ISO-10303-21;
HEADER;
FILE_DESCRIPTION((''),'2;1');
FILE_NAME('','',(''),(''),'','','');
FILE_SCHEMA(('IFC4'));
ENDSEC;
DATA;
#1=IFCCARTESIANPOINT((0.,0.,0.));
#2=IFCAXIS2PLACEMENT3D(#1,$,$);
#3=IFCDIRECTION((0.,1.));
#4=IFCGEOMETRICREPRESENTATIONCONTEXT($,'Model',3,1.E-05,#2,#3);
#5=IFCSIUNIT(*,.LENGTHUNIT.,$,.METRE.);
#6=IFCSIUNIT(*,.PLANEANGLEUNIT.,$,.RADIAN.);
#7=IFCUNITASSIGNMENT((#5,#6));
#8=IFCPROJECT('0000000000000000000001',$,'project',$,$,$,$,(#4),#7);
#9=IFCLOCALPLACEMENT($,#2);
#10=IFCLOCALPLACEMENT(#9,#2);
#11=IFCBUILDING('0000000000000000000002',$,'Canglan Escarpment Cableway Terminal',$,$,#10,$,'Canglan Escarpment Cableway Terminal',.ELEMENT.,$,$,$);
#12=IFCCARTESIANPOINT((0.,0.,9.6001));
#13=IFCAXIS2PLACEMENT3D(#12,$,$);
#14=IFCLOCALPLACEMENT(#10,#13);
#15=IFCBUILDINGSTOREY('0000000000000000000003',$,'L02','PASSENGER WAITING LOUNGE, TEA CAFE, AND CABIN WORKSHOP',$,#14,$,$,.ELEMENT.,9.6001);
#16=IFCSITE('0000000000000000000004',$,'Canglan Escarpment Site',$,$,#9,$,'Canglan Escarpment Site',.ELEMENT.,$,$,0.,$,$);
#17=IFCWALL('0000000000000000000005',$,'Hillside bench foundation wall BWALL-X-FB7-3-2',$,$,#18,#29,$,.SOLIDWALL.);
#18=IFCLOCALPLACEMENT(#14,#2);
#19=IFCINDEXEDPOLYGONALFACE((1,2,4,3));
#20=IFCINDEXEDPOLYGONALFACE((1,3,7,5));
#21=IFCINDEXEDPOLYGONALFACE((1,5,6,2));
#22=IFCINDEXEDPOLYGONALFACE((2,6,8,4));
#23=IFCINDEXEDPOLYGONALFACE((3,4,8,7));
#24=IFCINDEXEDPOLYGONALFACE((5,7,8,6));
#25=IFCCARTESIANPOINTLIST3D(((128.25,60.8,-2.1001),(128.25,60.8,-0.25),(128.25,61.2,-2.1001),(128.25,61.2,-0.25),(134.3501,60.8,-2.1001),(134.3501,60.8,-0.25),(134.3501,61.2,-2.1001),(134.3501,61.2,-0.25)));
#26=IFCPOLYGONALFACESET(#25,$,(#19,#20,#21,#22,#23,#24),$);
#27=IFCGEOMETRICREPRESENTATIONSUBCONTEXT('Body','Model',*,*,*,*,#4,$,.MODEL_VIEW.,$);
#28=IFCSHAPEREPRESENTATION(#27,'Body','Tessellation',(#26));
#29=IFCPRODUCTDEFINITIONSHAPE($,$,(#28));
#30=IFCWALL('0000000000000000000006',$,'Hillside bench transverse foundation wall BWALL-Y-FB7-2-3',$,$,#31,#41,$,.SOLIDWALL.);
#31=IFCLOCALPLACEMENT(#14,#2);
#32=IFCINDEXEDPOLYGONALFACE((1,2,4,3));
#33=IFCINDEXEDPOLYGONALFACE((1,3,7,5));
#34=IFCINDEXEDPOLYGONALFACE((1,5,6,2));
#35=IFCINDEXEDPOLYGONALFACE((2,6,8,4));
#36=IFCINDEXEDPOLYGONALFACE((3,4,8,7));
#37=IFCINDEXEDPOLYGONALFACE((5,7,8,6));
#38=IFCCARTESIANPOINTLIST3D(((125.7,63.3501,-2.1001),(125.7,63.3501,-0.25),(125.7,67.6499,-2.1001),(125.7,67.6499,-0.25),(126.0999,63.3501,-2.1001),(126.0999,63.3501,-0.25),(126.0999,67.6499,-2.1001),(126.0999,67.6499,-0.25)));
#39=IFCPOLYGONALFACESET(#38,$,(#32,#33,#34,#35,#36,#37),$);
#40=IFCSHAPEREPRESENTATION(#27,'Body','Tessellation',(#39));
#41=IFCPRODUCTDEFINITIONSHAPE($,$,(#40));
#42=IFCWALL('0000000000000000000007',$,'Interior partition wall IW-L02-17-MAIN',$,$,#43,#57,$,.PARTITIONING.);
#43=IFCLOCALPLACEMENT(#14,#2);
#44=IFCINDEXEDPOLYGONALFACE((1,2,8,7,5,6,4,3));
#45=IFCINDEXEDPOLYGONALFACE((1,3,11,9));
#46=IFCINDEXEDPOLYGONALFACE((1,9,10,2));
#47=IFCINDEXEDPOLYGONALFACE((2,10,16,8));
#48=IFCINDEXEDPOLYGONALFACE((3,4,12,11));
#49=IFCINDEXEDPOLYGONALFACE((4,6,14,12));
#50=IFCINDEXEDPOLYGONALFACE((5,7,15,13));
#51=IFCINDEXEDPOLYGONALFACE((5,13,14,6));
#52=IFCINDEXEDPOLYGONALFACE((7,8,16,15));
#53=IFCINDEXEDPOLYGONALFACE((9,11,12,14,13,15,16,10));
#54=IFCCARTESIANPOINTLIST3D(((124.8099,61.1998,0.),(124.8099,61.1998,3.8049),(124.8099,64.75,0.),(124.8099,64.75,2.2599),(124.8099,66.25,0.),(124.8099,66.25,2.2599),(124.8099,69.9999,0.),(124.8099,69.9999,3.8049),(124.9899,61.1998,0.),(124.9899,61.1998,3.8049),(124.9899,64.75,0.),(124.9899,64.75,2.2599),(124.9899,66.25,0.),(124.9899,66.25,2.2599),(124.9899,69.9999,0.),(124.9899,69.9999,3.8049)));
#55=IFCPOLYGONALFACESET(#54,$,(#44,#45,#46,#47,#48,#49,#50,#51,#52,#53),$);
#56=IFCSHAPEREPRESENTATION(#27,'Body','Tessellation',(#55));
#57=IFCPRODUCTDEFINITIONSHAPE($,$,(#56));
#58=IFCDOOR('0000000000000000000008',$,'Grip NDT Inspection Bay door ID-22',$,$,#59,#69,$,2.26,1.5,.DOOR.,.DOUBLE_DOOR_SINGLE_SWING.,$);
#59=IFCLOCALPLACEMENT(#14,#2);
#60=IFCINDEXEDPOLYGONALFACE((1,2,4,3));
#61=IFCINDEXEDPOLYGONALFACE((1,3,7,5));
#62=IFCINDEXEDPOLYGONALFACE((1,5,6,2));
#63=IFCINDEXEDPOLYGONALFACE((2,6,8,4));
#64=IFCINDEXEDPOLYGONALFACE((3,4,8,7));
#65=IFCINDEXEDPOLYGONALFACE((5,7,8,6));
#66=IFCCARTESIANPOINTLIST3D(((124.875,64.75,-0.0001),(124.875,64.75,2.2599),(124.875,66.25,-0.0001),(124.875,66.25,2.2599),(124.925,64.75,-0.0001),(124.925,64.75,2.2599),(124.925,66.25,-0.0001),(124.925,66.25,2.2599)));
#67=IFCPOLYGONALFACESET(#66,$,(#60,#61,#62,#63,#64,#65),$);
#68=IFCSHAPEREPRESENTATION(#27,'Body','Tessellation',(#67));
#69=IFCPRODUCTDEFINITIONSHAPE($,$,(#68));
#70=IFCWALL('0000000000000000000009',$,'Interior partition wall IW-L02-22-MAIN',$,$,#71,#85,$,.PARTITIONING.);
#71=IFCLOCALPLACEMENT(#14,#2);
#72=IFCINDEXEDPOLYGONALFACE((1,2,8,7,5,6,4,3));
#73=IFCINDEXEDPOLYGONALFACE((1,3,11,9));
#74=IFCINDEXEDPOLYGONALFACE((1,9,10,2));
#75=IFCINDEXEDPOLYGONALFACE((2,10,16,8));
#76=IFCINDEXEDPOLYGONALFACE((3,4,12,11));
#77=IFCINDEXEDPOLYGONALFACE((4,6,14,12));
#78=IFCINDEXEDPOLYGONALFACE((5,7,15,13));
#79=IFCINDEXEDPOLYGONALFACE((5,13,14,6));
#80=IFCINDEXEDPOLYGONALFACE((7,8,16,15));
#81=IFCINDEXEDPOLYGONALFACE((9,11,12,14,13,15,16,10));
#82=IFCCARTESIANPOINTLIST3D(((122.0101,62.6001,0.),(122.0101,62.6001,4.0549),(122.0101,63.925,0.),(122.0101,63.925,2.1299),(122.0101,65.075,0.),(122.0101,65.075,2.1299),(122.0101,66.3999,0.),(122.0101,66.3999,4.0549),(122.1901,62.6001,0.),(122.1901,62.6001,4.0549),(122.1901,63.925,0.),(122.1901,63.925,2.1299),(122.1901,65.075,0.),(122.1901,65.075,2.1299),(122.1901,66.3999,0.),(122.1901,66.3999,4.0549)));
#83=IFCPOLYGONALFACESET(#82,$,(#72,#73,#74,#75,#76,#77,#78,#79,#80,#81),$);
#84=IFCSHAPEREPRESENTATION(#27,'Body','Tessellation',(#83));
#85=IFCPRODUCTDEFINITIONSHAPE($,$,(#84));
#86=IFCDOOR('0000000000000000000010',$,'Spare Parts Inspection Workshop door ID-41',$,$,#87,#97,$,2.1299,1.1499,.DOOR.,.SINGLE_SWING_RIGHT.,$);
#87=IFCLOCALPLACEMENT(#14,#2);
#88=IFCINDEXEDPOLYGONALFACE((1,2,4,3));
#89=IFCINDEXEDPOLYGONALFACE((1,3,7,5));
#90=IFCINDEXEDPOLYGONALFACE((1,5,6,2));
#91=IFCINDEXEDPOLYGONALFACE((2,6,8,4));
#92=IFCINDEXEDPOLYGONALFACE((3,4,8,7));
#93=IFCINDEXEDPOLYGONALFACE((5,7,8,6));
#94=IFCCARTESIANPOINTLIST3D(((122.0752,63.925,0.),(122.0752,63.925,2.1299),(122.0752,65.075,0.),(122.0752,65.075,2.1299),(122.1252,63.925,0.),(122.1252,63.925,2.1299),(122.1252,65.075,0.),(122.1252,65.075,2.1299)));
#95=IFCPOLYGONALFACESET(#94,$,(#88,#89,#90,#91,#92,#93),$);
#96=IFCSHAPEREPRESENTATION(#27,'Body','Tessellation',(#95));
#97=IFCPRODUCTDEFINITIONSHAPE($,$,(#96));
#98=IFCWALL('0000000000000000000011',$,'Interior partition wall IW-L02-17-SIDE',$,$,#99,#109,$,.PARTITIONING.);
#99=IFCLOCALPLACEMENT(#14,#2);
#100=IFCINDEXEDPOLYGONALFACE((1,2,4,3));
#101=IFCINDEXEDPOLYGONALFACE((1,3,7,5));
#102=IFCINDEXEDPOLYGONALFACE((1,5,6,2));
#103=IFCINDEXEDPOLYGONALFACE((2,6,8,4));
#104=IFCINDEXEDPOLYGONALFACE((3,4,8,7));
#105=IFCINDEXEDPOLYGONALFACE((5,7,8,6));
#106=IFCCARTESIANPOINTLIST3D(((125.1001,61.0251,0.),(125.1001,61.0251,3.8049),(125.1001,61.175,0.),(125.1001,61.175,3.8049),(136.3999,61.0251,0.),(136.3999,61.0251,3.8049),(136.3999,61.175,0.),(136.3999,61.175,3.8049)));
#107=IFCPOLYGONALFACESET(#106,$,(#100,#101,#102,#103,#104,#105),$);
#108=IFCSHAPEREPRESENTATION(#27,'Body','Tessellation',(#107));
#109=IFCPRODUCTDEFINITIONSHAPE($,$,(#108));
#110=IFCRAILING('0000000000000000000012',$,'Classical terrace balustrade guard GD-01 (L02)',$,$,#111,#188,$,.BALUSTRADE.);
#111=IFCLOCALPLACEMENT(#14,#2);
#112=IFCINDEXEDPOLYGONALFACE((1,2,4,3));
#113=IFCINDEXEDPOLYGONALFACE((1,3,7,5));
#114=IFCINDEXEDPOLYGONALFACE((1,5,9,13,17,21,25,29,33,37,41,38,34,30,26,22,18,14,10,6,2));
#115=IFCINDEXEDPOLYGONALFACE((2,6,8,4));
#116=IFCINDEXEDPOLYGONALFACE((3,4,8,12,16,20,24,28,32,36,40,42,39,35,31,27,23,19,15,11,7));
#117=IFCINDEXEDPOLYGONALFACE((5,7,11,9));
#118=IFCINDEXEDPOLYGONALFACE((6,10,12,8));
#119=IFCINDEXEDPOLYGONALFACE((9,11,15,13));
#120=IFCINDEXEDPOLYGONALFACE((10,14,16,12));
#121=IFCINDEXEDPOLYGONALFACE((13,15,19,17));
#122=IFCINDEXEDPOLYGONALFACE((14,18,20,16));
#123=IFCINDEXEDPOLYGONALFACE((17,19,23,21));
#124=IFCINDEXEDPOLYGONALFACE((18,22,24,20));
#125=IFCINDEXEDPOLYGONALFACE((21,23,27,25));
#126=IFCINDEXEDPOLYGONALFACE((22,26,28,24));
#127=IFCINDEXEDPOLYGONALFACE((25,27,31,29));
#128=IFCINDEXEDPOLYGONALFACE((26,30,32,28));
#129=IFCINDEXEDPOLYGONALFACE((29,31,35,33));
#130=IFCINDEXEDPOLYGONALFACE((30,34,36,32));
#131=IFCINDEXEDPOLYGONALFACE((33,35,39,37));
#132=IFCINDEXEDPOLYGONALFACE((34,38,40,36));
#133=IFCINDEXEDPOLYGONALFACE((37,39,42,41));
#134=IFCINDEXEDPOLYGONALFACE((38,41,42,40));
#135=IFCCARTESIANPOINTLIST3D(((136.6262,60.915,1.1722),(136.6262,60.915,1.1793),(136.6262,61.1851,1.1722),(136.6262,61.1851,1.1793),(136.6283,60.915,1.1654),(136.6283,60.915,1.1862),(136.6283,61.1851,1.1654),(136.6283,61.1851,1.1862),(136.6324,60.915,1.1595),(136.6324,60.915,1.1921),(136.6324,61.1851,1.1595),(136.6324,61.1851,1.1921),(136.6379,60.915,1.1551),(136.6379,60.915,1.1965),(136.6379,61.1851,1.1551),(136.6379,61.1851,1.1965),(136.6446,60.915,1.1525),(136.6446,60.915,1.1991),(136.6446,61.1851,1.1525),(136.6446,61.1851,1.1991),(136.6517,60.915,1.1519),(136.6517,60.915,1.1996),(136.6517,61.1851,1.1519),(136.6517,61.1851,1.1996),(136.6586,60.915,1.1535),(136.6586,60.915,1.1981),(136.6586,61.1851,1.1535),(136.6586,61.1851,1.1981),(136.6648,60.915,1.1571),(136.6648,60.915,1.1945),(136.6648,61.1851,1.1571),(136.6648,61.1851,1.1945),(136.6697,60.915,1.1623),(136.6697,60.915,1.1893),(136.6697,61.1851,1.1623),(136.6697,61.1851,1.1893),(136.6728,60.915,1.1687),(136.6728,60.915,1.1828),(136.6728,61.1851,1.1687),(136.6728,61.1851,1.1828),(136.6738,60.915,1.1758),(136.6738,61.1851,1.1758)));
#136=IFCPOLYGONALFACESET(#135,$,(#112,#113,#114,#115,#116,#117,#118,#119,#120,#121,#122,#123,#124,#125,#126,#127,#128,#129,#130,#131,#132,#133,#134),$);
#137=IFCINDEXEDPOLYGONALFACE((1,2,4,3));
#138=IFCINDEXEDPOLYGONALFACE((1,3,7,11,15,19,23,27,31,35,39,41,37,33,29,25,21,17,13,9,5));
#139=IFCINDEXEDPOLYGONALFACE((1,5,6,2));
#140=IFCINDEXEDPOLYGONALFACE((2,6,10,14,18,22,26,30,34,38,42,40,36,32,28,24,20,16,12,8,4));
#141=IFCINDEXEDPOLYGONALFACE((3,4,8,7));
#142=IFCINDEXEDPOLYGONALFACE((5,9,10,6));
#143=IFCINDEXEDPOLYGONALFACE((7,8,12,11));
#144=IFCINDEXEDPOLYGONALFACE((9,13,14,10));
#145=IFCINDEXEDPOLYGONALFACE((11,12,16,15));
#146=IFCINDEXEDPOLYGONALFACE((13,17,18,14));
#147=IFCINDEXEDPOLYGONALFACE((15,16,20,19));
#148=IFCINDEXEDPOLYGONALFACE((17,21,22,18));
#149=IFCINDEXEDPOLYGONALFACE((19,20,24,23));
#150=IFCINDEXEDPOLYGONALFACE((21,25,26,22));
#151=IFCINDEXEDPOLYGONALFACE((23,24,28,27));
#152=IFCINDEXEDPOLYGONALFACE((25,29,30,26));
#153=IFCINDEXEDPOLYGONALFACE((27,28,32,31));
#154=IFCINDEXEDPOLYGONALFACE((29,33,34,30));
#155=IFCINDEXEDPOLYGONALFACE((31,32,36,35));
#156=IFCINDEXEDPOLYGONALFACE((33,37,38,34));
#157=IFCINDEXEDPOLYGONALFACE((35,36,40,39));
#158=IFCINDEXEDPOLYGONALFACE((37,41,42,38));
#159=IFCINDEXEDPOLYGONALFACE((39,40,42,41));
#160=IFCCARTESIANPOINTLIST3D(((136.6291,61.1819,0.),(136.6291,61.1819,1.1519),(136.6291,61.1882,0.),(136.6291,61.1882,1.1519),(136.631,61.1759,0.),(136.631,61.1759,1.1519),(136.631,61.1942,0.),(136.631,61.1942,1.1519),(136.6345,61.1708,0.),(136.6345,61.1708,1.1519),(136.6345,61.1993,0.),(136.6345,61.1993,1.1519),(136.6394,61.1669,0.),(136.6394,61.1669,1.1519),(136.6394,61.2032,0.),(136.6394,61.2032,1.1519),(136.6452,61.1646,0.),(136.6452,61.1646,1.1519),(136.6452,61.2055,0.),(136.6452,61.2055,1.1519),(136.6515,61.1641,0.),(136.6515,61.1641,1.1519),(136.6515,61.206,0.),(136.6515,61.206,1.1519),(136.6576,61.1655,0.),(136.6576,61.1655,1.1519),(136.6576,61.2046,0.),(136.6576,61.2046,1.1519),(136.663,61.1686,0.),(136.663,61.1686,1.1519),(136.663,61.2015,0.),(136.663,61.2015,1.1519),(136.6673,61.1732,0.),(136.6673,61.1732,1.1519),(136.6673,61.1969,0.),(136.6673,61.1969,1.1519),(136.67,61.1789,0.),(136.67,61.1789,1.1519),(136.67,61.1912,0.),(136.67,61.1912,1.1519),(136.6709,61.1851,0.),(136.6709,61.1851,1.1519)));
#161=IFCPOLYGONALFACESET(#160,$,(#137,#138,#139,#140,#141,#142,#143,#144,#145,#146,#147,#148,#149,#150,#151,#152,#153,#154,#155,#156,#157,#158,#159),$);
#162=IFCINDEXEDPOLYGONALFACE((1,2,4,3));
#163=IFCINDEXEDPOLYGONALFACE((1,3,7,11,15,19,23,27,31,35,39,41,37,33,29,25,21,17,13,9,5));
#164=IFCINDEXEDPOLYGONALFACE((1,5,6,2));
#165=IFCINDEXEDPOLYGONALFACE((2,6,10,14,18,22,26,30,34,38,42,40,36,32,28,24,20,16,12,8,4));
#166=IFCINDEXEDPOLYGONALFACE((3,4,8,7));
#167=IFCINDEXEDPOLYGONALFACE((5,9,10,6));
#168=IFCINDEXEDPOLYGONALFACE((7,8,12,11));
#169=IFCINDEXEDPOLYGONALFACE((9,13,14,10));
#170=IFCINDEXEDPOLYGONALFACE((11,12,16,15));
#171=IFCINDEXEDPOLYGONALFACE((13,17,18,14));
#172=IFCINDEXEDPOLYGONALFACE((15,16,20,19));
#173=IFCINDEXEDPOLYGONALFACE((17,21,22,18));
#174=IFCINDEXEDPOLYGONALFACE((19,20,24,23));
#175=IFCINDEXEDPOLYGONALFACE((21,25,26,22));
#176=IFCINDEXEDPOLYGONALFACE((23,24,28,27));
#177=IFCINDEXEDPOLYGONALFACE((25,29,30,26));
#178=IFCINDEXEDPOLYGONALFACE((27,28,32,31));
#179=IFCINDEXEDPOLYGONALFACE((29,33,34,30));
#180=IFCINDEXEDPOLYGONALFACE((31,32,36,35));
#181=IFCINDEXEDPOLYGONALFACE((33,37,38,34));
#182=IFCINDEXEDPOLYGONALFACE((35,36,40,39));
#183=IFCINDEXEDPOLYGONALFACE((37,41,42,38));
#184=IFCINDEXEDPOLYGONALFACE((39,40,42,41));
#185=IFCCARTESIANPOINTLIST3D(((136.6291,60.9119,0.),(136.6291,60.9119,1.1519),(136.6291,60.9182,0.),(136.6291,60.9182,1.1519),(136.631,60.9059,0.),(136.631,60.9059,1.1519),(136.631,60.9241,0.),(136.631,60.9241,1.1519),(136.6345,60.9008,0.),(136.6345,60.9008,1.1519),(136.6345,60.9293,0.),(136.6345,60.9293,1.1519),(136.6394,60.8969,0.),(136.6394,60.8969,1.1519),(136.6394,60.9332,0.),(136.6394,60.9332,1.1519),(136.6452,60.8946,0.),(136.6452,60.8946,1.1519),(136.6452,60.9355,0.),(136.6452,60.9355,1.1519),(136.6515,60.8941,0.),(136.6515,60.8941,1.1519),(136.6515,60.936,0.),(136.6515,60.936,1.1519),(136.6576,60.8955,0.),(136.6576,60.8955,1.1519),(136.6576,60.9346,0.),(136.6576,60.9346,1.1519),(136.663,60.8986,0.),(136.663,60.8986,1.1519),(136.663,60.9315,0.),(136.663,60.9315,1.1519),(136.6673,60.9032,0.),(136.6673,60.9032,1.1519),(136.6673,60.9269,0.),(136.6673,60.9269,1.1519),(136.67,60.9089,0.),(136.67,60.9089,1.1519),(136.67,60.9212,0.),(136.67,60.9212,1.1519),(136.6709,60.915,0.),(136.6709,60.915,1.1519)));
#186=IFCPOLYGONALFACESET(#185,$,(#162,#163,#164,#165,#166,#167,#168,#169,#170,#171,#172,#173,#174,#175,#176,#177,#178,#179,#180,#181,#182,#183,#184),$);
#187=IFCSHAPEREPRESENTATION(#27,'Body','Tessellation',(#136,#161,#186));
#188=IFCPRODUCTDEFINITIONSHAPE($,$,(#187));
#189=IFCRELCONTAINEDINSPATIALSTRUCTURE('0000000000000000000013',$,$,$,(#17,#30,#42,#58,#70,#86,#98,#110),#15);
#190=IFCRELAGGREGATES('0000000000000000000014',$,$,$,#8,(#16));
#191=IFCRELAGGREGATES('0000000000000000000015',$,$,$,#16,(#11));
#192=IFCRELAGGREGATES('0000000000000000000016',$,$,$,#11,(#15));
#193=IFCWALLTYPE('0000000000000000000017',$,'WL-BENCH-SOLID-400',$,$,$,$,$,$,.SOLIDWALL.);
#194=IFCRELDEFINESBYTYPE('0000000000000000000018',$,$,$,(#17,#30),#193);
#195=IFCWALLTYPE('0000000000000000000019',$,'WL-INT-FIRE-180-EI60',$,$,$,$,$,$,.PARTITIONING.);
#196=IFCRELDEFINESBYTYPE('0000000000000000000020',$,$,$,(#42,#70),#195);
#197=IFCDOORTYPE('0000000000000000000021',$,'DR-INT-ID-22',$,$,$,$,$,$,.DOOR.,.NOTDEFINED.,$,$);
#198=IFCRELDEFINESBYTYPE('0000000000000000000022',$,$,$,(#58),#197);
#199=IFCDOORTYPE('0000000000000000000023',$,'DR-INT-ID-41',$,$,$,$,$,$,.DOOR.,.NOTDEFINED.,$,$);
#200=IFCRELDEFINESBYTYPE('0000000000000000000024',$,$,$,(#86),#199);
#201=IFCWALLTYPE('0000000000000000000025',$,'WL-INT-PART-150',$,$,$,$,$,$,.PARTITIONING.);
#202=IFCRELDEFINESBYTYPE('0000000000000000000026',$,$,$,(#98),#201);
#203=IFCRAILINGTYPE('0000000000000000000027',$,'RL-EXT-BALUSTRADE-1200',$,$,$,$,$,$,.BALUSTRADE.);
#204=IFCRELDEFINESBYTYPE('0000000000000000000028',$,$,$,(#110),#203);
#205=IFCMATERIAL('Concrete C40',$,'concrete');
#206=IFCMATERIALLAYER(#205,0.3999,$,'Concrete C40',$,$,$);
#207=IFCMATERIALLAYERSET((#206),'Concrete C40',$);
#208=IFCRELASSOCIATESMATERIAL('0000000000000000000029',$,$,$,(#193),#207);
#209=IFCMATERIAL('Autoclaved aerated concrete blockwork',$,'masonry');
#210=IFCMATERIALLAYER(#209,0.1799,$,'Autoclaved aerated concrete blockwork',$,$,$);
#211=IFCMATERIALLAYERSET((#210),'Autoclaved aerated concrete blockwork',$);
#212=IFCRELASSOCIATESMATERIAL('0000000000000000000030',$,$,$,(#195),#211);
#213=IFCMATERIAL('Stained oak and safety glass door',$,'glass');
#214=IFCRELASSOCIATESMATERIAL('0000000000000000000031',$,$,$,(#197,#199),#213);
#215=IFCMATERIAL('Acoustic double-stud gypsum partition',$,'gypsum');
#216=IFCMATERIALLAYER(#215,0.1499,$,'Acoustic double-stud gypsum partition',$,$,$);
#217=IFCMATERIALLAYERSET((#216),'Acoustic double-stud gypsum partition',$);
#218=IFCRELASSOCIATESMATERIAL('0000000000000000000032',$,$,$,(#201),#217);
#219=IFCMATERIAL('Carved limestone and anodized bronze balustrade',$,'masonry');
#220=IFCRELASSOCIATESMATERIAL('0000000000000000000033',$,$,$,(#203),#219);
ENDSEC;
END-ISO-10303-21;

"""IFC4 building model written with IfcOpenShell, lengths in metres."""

from ifc_helpers import new_model, si_unit, direction, frame, frame_2d, origin, origin_2d, place, context, subcontext, project, spatial, rectangle, circle, extrude, material, layer, layer_set, type_object, element, fill, save


model = new_model("IFC4")

# Units and contexts
model_context = context("Model", 3, precision=1e-05, world=origin(), true_north=direction((0.0, 1.0)))
body_context = subcontext(model_context, "Body", "Model", "MODEL_VIEW")
ifc_project = project(units=[si_unit("LENGTHUNIT", "METRE"), si_unit("PLANEANGLEUNIT", "RADIAN")], contexts=[model_context])

# Site, building, storey
site_placement = place(None, origin())
site = spatial("IfcSite", under=ifc_project, at=site_placement, Name="Canglan Escarpment Site", LongName="Canglan Escarpment Site", CompositionType="ELEMENT", RefElevation=0.0)
building_placement = place(site_placement, origin())
building = spatial("IfcBuilding", under=site, at=building_placement, Name="Canglan Escarpment Cableway Terminal", LongName="Canglan Escarpment Cableway Terminal", CompositionType="ELEMENT")
storey_placement = place(building_placement, frame((0.0, 0.0, 9.6001)))
storey = spatial("IfcBuildingStorey", under=building, at=storey_placement, Name="L02", Description="PASSENGER WAITING LOUNGE, TEA CAFE, AND CABIN WORKSHOP", CompositionType="ELEMENT", Elevation=9.6001)

# Shared definitions
ifc_material_1 = material(Name="Concrete C40", Category="concrete")

# Walls
ifc_layer_1 = layer(ifc_material_1, 0.3999, Name="Concrete C40")
ifc_layer_set_1 = layer_set([ifc_layer_1], Name="Concrete C40")
wall_type_1 = type_object("IfcWallType", Name="WL-BENCH-SOLID-400", PredefinedType="SOLIDWALL", material=ifc_layer_set_1)
wall_1_placement = place(storey_placement, frame((128.25, 61.0, -2.1001), z_axis=(0.0, 0.0, 1.0), x_axis=(1.0, 0.0, 0.0)))
element("IfcWall", 1, at=wall_1_placement, inside=storey, type_object=wall_type_1, Name="Hillside bench foundation wall BWALL-X-FB7-3-2", PredefinedType="SOLIDWALL", context=body_context, shape_type="SweptSolid", body=[
    extrude(rectangle(XDim=6.1001, YDim=0.3999, at=frame_2d((3.05, 0.0))), origin(), (0.0, 0.0, 1.0), 1.8501),
])
wall_2_placement = place(storey_placement, frame((125.8999, 63.3501, -2.1001), z_axis=(0.0, 0.0, 1.0), x_axis=(0.0, 1.0, 0.0)))
element("IfcWall", 2, at=wall_2_placement, inside=storey, type_object=wall_type_1, Name="Hillside bench transverse foundation wall BWALL-Y-FB7-2-3", PredefinedType="SOLIDWALL", context=body_context, shape_type="SweptSolid", body=[
    extrude(rectangle(XDim=4.2998, YDim=0.3999, at=frame_2d((2.1499, 0.0))), origin(), (0.0, 0.0, 1.0), 1.8501),
])

# Walls, openings, doors
ifc_material_2 = material(Name="Autoclaved aerated concrete blockwork", Category="masonry")
ifc_layer_2 = layer(ifc_material_2, 0.1799, Name="Autoclaved aerated concrete blockwork")
ifc_layer_set_2 = layer_set([ifc_layer_2], Name="Autoclaved aerated concrete blockwork")
wall_type_2 = type_object("IfcWallType", Name="WL-INT-FIRE-180-EI60", PredefinedType="PARTITIONING", material=ifc_layer_set_2)
wall_3_placement = place(storey_placement, frame((124.8999, 61.2, 0.0), z_axis=(0.0, 0.0, 1.0), x_axis=(0.0, 1.0, 0.0)))
wall_3 = element("IfcWall", 3, at=wall_3_placement, inside=storey, type_object=wall_type_2, Name="Interior partition wall IW-L02-17-MAIN", PredefinedType="PARTITIONING", context=body_context, shape_type="SweptSolid", body=[
    extrude(rectangle(XDim=8.8, YDim=0.1799, at=frame_2d((4.3999, 0.0))), origin(), (0.0, 0.0, 1.0), 3.8049),
])
opening_1_placement = place(wall_3_placement, frame((3.55, 0.0, 0.0)))
opening_1 = element("IfcOpeningElement", 4, at=opening_1_placement, cuts=wall_3, PredefinedType="OPENING", context=body_context, shape_type="SweptSolid", body=[
    extrude(rectangle(XDim=1.5, YDim=2.26, at=frame_2d((0.75, 1.1299))), frame((0.0, 0.1001, 0.0), z_axis=(0.0, -1.0, 0.0), x_axis=(1.0, 0.0, 0.0)), (0.0, 0.0, 1.0), 0.2),
])
ifc_material_3 = material(Name="Stained oak and safety glass door", Category="glass")
door_type_1 = type_object("IfcDoorType", Name="DR-INT-ID-22", OperationType="NOTDEFINED", PredefinedType="DOOR", material=ifc_material_3)
door_1_placement = place(opening_1_placement, origin())
door_1 = element("IfcDoor", 5, at=door_1_placement, inside=storey, type_object=door_type_1, Name="Grip NDT Inspection Bay door ID-22", OperationType="DOUBLE_DOOR_SINGLE_SWING", OverallHeight=2.26, OverallWidth=1.5, PredefinedType="DOOR", context=body_context, shape_type="SweptSolid", body=[
    extrude(rectangle(XDim=1.5, YDim=2.26, at=frame_2d((0.75, 1.1299))), frame((0.0, 0.0249, 0.0), z_axis=(0.0, -1.0, 0.0), x_axis=(1.0, 0.0, 0.0)), (0.0, 0.0, 1.0), 0.05),
])
fill(opening_1, door_1)
wall_4_placement = place(storey_placement, frame((122.1001, 62.6001, 0.0), z_axis=(0.0, 0.0, 1.0), x_axis=(0.0, 1.0, 0.0)))
wall_4 = element("IfcWall", 6, at=wall_4_placement, inside=storey, type_object=wall_type_2, Name="Interior partition wall IW-L02-22-MAIN", PredefinedType="PARTITIONING", context=body_context, shape_type="SweptSolid", body=[
    extrude(rectangle(XDim=3.7998, YDim=0.1799, at=frame_2d((1.8999, 0.0))), origin(), (0.0, 0.0, 1.0), 4.0549),
])
opening_2_placement = place(wall_4_placement, frame((1.325, 0.0, 0.0)))
opening_2 = element("IfcOpeningElement", 7, at=opening_2_placement, cuts=wall_4, PredefinedType="OPENING", context=body_context, shape_type="SweptSolid", body=[
    extrude(rectangle(XDim=1.1499, YDim=2.1299, at=frame_2d((0.575, 1.0649))), frame((0.0, 0.1001, 0.0), z_axis=(0.0, -1.0, 0.0), x_axis=(1.0, 0.0, 0.0)), (0.0, 0.0, 1.0), 0.2),
])
door_type_2 = type_object("IfcDoorType", Name="DR-INT-ID-41", OperationType="NOTDEFINED", PredefinedType="DOOR", material=ifc_material_3)
door_2_placement = place(opening_2_placement, origin())
door_2 = element("IfcDoor", 8, at=door_2_placement, inside=storey, type_object=door_type_2, Name="Spare Parts Inspection Workshop door ID-41", OperationType="SINGLE_SWING_RIGHT", OverallHeight=2.1299, OverallWidth=1.1499, PredefinedType="DOOR", context=body_context, shape_type="SweptSolid", body=[
    extrude(rectangle(XDim=1.1499, YDim=2.1299, at=frame_2d((0.575, 1.0649))), frame((0.0, 0.0249, 0.0), z_axis=(0.0, -1.0, 0.0), x_axis=(1.0, 0.0, 0.0)), (0.0, 0.0, 1.0), 0.05),
])
fill(opening_2, door_2)

# Wall
ifc_material_4 = material(Name="Acoustic double-stud gypsum partition", Category="gypsum")
ifc_layer_3 = layer(ifc_material_4, 0.1499, Name="Acoustic double-stud gypsum partition")
ifc_layer_set_3 = layer_set([ifc_layer_3], Name="Acoustic double-stud gypsum partition")
wall_type_3 = type_object("IfcWallType", Name="WL-INT-PART-150", PredefinedType="PARTITIONING", material=ifc_layer_set_3)
wall_5_placement = place(storey_placement, frame((125.1001, 61.1001, 0.0), z_axis=(0.0, 0.0, 1.0), x_axis=(1.0, 0.0, 0.0)))
element("IfcWall", 9, at=wall_5_placement, inside=storey, type_object=wall_type_3, Name="Interior partition wall IW-L02-17-SIDE", PredefinedType="PARTITIONING", context=body_context, shape_type="SweptSolid", body=[
    extrude(rectangle(XDim=11.2998, YDim=0.1499, at=frame_2d((5.6499, 0.0))), origin(), (0.0, 0.0, 1.0), 3.8049),
])

# Railing
ifc_material_5 = material(Name="Carved limestone and anodized bronze balustrade", Category="masonry")
railing_type = type_object("IfcRailingType", Name="RL-EXT-BALUSTRADE-1200", PredefinedType="BALUSTRADE", material=ifc_material_5)
railing_placement = place(storey_placement, frame((136.6499, 61.1851, 0.0)))
element("IfcRailing", 10, at=railing_placement, inside=storey, type_object=railing_type, Name="Classical terrace balustrade guard GD-01 (L02)", PredefinedType="BALUSTRADE", context=body_context, shape_type="SweptSolid", body=[
    extrude(circle(Radius=0.0239, at=origin_2d()), frame((0.0, 0.0, 1.1758), z_axis=(0.0, -1.0, 0.0), x_axis=(1.0, 0.0, 0.0)), (0.0, 0.0, 1.0), 0.27),
    extrude(circle(Radius=0.021, at=origin_2d()), origin(), (0.0, 0.0, 1.0), 1.1519),
    extrude(circle(Radius=0.021, at=origin_2d()), frame((0.0, -0.27, 0.0)), (0.0, 0.0, 1.0), 1.1519),
])

save(model, "model.ifc")
